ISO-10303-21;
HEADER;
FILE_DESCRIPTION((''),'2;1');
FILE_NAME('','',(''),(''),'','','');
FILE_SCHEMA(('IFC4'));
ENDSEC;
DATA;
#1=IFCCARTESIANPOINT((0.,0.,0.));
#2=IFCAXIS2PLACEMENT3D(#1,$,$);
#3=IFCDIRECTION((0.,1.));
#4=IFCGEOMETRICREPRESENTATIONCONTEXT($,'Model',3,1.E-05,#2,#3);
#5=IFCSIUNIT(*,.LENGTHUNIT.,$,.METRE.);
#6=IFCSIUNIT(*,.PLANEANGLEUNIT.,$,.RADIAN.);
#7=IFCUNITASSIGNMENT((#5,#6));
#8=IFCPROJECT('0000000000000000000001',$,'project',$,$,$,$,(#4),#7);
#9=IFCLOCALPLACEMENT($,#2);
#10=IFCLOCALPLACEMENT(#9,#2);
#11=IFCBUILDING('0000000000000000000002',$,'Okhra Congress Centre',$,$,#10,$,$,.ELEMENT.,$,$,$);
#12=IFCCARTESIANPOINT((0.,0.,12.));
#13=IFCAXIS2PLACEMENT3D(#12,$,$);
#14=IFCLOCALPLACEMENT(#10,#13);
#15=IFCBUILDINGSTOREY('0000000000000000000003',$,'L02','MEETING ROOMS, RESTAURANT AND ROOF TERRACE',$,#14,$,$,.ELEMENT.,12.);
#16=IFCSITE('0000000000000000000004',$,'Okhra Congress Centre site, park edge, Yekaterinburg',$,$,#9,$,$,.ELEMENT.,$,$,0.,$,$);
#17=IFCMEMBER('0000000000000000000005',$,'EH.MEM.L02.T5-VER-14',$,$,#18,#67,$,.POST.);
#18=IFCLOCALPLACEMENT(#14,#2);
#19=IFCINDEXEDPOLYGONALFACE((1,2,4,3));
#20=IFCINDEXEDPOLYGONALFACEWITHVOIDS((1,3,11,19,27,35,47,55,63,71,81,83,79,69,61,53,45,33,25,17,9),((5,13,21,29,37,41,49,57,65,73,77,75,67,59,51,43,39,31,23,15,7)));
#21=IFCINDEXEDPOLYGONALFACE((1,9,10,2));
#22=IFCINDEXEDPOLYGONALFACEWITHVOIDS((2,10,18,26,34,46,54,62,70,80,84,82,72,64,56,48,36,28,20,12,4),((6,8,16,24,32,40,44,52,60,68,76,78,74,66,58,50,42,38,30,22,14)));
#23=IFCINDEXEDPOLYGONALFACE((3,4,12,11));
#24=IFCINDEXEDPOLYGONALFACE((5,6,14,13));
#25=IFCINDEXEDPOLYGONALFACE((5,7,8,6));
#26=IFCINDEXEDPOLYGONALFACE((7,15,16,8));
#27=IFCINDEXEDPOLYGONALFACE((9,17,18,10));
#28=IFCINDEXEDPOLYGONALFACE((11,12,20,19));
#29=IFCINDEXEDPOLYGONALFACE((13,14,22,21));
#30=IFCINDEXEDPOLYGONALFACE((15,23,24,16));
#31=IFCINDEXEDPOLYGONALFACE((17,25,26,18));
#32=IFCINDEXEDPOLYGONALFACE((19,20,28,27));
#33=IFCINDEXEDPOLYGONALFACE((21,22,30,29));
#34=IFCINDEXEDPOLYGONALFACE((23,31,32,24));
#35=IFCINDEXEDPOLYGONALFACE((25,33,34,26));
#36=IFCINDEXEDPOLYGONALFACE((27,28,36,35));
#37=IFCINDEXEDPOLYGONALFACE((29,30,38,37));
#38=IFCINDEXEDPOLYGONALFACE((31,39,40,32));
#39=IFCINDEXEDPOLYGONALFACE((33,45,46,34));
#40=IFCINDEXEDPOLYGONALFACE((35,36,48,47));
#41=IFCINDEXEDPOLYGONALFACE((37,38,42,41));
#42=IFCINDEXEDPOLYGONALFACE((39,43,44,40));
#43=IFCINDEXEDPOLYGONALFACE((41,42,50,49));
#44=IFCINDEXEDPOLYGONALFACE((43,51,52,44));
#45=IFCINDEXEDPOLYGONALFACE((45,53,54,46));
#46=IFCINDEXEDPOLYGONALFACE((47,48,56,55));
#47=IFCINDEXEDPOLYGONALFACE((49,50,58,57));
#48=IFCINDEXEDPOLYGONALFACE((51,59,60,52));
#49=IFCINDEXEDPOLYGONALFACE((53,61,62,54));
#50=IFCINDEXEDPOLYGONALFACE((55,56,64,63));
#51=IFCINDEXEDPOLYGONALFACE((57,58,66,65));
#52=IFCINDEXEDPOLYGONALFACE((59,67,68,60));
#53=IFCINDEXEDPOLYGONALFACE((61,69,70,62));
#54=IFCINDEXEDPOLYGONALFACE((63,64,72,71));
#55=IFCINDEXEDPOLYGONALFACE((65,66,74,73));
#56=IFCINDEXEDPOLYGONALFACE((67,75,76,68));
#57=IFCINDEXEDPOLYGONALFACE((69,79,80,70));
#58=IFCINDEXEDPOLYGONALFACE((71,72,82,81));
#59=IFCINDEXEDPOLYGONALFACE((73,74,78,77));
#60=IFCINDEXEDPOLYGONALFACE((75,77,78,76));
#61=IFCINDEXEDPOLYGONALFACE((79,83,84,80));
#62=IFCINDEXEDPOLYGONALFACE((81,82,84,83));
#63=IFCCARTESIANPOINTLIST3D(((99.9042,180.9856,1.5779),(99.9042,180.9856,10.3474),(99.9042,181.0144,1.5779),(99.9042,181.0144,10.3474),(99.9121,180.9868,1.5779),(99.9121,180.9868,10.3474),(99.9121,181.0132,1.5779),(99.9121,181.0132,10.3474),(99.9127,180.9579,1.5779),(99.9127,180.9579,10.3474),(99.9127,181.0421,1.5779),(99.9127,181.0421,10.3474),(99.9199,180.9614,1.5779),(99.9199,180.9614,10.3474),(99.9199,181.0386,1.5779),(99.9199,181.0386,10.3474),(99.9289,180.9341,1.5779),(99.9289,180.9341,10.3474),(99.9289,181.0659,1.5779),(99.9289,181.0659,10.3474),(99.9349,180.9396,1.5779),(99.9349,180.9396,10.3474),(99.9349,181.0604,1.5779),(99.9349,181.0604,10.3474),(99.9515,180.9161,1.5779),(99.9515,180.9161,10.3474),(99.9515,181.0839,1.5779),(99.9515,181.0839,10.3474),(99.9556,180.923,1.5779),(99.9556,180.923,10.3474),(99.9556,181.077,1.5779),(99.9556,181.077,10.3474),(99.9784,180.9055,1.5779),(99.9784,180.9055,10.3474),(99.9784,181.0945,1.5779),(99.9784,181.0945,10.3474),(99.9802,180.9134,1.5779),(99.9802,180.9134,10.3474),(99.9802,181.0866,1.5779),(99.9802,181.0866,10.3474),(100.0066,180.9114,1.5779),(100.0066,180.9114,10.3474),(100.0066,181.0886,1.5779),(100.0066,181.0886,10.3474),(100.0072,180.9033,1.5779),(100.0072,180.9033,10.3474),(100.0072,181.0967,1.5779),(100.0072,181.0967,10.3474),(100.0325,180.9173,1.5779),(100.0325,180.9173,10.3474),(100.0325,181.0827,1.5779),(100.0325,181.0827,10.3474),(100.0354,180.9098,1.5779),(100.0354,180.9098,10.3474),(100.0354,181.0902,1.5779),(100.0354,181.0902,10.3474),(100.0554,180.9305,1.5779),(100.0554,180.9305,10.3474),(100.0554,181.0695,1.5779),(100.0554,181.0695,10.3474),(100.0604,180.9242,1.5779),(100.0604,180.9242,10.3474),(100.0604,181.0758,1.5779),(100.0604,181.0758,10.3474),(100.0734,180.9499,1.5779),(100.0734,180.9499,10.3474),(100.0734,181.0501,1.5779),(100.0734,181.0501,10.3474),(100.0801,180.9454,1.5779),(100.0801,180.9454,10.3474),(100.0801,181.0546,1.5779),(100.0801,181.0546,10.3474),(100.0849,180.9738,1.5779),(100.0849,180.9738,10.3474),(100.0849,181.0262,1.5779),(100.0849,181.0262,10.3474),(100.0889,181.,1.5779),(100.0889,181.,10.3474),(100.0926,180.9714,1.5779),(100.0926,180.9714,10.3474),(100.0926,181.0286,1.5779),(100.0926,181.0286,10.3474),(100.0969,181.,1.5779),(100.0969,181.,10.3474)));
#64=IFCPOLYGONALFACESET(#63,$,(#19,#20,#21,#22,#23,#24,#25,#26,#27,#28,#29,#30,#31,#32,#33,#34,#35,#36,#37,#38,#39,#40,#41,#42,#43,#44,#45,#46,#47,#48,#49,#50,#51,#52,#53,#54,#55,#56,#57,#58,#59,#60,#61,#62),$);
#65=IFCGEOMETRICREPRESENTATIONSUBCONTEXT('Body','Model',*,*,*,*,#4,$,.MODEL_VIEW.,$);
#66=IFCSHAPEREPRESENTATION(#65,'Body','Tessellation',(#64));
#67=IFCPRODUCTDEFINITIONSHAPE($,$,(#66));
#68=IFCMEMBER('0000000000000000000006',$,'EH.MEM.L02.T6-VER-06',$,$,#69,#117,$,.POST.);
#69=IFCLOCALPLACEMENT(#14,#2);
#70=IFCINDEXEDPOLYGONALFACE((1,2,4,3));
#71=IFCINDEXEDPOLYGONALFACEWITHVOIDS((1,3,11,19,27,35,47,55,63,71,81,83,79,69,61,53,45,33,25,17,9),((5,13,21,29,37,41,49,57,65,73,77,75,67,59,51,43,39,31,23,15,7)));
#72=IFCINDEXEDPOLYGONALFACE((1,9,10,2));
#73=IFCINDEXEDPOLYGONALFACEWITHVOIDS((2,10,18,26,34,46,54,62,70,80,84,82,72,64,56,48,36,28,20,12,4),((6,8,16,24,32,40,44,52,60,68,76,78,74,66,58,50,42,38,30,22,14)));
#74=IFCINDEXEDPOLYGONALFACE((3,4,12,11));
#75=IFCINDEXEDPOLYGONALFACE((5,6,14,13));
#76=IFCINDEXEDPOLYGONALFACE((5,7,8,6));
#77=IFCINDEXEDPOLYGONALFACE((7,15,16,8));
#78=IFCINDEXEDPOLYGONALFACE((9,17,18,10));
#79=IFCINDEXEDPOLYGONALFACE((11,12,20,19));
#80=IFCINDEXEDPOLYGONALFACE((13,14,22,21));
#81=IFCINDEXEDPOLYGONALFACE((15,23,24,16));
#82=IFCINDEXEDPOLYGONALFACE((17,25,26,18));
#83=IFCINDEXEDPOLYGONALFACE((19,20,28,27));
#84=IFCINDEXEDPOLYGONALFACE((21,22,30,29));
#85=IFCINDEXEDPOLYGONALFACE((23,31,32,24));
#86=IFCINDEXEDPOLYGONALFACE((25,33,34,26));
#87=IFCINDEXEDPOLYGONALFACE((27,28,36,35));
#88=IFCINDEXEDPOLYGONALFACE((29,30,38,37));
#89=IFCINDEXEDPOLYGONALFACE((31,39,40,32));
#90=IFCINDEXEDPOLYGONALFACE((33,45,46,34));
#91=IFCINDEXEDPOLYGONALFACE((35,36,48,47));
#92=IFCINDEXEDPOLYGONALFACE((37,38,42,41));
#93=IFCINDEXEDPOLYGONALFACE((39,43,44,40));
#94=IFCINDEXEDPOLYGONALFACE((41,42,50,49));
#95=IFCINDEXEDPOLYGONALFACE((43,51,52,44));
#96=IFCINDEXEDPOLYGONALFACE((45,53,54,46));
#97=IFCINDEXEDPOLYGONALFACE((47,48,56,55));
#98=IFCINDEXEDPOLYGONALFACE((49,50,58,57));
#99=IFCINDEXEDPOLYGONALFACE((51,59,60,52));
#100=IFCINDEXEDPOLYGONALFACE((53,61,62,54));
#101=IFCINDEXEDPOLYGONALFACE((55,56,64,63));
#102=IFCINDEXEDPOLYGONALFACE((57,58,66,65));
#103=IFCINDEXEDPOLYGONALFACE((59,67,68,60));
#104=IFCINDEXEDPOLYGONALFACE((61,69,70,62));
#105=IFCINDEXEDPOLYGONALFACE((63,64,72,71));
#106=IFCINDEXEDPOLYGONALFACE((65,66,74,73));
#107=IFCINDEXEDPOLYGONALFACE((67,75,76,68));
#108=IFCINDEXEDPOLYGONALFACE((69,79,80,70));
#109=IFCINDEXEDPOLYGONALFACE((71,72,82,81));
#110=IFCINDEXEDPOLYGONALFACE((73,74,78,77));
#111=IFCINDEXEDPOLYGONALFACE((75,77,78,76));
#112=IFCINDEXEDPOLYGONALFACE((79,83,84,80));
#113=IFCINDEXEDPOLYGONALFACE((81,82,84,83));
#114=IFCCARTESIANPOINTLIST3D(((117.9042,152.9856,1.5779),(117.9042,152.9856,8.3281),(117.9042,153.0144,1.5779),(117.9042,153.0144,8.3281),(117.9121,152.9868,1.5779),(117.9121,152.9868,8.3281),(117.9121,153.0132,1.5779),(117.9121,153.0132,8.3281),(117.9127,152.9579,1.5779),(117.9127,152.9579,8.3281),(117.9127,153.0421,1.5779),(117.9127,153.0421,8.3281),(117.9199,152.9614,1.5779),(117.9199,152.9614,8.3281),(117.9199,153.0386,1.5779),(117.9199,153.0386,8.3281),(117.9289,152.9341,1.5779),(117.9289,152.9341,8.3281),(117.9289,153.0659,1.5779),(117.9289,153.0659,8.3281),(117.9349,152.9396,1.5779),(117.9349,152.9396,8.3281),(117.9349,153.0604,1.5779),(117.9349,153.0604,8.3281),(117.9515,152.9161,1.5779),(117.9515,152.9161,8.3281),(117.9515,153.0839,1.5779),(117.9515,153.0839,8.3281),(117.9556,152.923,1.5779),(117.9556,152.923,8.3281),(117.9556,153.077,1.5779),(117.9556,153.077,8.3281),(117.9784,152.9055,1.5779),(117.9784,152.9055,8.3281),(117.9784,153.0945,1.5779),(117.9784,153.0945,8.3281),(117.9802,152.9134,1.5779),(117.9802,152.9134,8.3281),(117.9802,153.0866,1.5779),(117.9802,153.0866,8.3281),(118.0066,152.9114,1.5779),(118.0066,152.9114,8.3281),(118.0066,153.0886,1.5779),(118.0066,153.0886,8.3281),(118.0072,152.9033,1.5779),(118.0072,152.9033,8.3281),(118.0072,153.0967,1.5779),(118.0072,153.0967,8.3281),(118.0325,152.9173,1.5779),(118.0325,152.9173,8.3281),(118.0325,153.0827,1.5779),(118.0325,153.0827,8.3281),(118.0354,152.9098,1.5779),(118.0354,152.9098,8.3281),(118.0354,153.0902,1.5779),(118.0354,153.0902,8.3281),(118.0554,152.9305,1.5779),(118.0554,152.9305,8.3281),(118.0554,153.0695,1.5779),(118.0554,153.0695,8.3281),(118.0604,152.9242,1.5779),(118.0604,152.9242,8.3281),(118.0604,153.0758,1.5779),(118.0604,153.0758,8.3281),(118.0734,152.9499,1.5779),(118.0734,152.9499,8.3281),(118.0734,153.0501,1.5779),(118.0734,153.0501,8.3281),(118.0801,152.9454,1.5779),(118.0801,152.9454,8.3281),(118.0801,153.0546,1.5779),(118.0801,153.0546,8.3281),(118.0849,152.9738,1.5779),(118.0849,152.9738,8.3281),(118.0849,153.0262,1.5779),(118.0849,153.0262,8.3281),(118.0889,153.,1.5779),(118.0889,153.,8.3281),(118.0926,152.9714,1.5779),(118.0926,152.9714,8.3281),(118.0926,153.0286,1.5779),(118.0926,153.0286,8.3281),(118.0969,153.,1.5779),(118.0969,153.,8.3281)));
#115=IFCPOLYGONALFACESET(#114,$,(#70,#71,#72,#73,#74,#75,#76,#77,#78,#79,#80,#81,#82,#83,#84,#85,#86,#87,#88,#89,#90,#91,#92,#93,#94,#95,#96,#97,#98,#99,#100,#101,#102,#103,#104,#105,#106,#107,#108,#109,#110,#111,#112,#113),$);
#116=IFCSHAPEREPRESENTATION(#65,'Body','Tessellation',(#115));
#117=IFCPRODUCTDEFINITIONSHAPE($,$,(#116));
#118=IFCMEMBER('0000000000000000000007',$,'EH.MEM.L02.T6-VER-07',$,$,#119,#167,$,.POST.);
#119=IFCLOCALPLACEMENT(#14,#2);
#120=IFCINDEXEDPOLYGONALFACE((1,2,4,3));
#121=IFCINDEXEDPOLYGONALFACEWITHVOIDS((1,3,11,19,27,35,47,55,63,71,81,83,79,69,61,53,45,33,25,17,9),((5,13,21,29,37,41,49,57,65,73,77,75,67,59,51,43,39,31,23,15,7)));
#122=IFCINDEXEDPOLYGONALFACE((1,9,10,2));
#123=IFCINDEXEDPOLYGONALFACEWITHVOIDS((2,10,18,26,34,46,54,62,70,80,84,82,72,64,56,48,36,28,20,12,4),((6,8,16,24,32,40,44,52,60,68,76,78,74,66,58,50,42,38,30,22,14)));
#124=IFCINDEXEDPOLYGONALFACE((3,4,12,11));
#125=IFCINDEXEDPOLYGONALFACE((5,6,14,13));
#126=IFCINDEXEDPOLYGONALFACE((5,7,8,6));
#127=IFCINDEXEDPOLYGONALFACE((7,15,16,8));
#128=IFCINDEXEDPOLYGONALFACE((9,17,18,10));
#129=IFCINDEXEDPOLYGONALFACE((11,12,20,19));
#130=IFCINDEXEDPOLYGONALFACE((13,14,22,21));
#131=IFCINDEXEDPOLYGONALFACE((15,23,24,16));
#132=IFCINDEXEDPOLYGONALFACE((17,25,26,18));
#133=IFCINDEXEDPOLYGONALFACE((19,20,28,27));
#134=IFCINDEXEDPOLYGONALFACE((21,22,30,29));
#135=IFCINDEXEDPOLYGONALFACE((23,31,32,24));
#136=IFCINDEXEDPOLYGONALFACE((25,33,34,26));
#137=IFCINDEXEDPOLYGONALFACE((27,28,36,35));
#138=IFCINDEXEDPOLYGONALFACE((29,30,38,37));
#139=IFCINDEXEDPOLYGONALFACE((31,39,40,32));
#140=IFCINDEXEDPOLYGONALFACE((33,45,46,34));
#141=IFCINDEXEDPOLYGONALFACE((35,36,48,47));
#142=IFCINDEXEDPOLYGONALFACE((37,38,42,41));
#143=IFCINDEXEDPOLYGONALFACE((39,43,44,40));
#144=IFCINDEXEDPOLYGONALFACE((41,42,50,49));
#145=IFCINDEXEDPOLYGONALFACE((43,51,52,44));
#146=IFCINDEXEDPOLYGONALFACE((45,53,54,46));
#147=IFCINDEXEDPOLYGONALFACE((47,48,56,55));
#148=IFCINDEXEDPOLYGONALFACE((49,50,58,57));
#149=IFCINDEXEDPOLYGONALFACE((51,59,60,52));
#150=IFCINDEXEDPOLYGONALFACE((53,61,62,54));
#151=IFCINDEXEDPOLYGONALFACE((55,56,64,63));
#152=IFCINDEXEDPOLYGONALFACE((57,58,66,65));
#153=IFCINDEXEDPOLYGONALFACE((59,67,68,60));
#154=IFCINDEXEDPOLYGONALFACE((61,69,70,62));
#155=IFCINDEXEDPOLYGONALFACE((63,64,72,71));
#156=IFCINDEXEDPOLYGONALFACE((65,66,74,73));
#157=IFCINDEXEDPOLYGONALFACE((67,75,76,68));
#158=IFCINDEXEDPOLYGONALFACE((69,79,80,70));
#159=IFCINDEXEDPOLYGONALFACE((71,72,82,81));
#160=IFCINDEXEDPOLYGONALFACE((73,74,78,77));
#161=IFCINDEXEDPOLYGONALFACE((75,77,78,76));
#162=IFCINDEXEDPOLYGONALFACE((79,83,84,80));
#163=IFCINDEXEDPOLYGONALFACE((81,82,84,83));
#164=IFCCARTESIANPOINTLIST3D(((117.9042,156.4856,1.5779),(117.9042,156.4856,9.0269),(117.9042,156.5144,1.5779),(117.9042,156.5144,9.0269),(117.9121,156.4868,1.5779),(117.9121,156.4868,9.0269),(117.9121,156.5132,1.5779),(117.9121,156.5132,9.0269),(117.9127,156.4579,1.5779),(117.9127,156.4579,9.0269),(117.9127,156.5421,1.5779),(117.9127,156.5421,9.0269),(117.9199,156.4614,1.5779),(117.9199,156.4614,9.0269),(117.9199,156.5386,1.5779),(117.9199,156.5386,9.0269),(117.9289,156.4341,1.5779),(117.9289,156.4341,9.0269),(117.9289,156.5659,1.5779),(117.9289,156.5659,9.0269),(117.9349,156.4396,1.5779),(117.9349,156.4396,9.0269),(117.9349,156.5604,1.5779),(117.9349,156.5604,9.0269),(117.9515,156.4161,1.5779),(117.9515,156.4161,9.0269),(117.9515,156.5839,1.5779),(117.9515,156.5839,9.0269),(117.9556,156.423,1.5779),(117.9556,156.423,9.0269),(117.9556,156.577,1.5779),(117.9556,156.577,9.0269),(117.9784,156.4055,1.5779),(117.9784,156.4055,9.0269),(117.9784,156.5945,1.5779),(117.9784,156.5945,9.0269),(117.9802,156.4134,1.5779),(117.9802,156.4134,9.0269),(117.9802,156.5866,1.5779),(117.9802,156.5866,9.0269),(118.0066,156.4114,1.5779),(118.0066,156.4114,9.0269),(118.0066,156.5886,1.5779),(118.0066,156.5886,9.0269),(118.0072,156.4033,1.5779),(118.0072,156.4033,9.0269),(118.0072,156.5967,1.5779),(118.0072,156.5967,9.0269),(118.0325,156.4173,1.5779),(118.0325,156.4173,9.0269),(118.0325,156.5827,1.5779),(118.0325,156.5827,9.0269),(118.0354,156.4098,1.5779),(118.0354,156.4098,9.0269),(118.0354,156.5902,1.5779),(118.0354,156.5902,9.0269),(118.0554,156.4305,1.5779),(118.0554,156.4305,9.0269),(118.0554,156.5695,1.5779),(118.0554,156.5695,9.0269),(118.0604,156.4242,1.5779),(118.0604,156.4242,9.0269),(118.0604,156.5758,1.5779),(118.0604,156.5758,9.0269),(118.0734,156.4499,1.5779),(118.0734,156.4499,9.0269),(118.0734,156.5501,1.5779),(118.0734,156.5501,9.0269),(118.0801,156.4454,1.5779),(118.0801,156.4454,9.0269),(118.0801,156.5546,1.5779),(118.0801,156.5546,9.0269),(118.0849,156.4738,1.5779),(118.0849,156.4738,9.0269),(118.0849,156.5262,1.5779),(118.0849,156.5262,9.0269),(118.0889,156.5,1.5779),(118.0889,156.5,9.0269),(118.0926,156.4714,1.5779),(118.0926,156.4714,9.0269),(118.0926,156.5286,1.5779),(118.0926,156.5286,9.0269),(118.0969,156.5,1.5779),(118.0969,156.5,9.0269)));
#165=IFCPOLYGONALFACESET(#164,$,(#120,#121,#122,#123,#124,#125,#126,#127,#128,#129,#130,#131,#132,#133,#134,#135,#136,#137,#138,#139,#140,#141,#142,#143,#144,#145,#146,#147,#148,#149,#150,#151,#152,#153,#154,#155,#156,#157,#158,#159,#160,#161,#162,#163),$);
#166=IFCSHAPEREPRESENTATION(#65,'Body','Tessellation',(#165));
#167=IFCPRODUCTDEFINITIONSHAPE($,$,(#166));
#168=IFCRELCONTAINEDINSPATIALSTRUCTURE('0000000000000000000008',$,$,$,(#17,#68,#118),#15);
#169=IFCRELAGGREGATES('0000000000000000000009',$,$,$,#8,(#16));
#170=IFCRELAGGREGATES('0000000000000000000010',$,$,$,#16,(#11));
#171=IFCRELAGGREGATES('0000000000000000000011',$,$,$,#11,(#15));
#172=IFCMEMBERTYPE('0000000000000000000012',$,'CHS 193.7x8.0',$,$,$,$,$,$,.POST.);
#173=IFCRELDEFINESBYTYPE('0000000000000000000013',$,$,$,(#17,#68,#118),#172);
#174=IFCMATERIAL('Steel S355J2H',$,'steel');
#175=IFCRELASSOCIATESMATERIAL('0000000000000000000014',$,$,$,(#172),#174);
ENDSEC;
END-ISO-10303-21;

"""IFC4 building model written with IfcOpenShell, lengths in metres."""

from ifc_helpers import new_model, si_unit, direction, frame, origin, origin_2d, place, context, subcontext, project, spatial, hollow_circle, extrude, material, material_profile, profile_set, type_object, element, save


model = new_model("IFC4")

# Units and contexts
model_context = context("Model", 3, precision=1e-05, world=origin(), true_north=direction((0.0, 1.0)))
body_context = subcontext(model_context, "Body", "Model", "MODEL_VIEW")
ifc_project = project(units=[si_unit("LENGTHUNIT", "METRE"), si_unit("PLANEANGLEUNIT", "RADIAN")], contexts=[model_context])

# Site, building, storey
site_placement = place(None, origin())
site = spatial("IfcSite", under=ifc_project, at=site_placement, Name="Okhra Congress Centre site, park edge, Yekaterinburg", CompositionType="ELEMENT", RefElevation=0.0)
building_placement = place(site_placement, origin())
building = spatial("IfcBuilding", under=site, at=building_placement, Name="Okhra Congress Centre", CompositionType="ELEMENT")
storey_placement = place(building_placement, frame((0.0, 0.0, 12.0)))
storey = spatial("IfcBuildingStorey", under=building, at=storey_placement, Name="L02", Description="MEETING ROOMS, RESTAURANT AND ROOF TERRACE", CompositionType="ELEMENT", Elevation=12.0)

# Members
ifc_material_1 = material(Name="Steel S355J2H", Category="steel")
ifc_material_profile_1 = material_profile(ifc_material_1, hollow_circle(Radius=0.0969, WallThickness=0.0081, at=origin_2d()), Name="CHS 193.7x8.0")
ifc_profile_set_1 = profile_set([ifc_material_profile_1], Name="Steel S355J2H")
member_type_1 = type_object("IfcMemberType", Name="CHS 193.7x8.0", PredefinedType="POST", material=ifc_profile_set_1)
member_1_placement = place(storey_placement, frame((100.0, 181.0, 1.5779), z_axis=(0.0, 0.0, 1.0), x_axis=(1.0, 0.0, 0.0)))
element("IfcMember", 1, at=member_1_placement, inside=storey, type_object=member_type_1, Name="EH.MEM.L02.T5-VER-14", PredefinedType="POST", context=body_context, shape_type="SweptSolid", body=[
    extrude(hollow_circle(Radius=0.0969, WallThickness=0.0081, at=origin_2d()), origin(), (0.0, 0.0, 1.0), 8.7695),
])
member_2_placement = place(storey_placement, frame((118.0, 153.0, 1.5779), z_axis=(0.0, 0.0, 1.0), x_axis=(1.0, 0.0, 0.0)))
element("IfcMember", 2, at=member_2_placement, inside=storey, type_object=member_type_1, Name="EH.MEM.L02.T6-VER-06", PredefinedType="POST", context=body_context, shape_type="SweptSolid", body=[
    extrude(hollow_circle(Radius=0.0969, WallThickness=0.0081, at=origin_2d()), origin(), (0.0, 0.0, 1.0), 6.7502),
])
member_3_placement = place(storey_placement, frame((118.0, 156.5, 1.5779), z_axis=(0.0, 0.0, 1.0), x_axis=(1.0, 0.0, 0.0)))
element("IfcMember", 3, at=member_3_placement, inside=storey, type_object=member_type_1, Name="EH.MEM.L02.T6-VER-07", PredefinedType="POST", context=body_context, shape_type="SweptSolid", body=[
    extrude(hollow_circle(Radius=0.0969, WallThickness=0.0081, at=origin_2d()), origin(), (0.0, 0.0, 1.0), 7.449),
])

save(model, "model.ifc")
